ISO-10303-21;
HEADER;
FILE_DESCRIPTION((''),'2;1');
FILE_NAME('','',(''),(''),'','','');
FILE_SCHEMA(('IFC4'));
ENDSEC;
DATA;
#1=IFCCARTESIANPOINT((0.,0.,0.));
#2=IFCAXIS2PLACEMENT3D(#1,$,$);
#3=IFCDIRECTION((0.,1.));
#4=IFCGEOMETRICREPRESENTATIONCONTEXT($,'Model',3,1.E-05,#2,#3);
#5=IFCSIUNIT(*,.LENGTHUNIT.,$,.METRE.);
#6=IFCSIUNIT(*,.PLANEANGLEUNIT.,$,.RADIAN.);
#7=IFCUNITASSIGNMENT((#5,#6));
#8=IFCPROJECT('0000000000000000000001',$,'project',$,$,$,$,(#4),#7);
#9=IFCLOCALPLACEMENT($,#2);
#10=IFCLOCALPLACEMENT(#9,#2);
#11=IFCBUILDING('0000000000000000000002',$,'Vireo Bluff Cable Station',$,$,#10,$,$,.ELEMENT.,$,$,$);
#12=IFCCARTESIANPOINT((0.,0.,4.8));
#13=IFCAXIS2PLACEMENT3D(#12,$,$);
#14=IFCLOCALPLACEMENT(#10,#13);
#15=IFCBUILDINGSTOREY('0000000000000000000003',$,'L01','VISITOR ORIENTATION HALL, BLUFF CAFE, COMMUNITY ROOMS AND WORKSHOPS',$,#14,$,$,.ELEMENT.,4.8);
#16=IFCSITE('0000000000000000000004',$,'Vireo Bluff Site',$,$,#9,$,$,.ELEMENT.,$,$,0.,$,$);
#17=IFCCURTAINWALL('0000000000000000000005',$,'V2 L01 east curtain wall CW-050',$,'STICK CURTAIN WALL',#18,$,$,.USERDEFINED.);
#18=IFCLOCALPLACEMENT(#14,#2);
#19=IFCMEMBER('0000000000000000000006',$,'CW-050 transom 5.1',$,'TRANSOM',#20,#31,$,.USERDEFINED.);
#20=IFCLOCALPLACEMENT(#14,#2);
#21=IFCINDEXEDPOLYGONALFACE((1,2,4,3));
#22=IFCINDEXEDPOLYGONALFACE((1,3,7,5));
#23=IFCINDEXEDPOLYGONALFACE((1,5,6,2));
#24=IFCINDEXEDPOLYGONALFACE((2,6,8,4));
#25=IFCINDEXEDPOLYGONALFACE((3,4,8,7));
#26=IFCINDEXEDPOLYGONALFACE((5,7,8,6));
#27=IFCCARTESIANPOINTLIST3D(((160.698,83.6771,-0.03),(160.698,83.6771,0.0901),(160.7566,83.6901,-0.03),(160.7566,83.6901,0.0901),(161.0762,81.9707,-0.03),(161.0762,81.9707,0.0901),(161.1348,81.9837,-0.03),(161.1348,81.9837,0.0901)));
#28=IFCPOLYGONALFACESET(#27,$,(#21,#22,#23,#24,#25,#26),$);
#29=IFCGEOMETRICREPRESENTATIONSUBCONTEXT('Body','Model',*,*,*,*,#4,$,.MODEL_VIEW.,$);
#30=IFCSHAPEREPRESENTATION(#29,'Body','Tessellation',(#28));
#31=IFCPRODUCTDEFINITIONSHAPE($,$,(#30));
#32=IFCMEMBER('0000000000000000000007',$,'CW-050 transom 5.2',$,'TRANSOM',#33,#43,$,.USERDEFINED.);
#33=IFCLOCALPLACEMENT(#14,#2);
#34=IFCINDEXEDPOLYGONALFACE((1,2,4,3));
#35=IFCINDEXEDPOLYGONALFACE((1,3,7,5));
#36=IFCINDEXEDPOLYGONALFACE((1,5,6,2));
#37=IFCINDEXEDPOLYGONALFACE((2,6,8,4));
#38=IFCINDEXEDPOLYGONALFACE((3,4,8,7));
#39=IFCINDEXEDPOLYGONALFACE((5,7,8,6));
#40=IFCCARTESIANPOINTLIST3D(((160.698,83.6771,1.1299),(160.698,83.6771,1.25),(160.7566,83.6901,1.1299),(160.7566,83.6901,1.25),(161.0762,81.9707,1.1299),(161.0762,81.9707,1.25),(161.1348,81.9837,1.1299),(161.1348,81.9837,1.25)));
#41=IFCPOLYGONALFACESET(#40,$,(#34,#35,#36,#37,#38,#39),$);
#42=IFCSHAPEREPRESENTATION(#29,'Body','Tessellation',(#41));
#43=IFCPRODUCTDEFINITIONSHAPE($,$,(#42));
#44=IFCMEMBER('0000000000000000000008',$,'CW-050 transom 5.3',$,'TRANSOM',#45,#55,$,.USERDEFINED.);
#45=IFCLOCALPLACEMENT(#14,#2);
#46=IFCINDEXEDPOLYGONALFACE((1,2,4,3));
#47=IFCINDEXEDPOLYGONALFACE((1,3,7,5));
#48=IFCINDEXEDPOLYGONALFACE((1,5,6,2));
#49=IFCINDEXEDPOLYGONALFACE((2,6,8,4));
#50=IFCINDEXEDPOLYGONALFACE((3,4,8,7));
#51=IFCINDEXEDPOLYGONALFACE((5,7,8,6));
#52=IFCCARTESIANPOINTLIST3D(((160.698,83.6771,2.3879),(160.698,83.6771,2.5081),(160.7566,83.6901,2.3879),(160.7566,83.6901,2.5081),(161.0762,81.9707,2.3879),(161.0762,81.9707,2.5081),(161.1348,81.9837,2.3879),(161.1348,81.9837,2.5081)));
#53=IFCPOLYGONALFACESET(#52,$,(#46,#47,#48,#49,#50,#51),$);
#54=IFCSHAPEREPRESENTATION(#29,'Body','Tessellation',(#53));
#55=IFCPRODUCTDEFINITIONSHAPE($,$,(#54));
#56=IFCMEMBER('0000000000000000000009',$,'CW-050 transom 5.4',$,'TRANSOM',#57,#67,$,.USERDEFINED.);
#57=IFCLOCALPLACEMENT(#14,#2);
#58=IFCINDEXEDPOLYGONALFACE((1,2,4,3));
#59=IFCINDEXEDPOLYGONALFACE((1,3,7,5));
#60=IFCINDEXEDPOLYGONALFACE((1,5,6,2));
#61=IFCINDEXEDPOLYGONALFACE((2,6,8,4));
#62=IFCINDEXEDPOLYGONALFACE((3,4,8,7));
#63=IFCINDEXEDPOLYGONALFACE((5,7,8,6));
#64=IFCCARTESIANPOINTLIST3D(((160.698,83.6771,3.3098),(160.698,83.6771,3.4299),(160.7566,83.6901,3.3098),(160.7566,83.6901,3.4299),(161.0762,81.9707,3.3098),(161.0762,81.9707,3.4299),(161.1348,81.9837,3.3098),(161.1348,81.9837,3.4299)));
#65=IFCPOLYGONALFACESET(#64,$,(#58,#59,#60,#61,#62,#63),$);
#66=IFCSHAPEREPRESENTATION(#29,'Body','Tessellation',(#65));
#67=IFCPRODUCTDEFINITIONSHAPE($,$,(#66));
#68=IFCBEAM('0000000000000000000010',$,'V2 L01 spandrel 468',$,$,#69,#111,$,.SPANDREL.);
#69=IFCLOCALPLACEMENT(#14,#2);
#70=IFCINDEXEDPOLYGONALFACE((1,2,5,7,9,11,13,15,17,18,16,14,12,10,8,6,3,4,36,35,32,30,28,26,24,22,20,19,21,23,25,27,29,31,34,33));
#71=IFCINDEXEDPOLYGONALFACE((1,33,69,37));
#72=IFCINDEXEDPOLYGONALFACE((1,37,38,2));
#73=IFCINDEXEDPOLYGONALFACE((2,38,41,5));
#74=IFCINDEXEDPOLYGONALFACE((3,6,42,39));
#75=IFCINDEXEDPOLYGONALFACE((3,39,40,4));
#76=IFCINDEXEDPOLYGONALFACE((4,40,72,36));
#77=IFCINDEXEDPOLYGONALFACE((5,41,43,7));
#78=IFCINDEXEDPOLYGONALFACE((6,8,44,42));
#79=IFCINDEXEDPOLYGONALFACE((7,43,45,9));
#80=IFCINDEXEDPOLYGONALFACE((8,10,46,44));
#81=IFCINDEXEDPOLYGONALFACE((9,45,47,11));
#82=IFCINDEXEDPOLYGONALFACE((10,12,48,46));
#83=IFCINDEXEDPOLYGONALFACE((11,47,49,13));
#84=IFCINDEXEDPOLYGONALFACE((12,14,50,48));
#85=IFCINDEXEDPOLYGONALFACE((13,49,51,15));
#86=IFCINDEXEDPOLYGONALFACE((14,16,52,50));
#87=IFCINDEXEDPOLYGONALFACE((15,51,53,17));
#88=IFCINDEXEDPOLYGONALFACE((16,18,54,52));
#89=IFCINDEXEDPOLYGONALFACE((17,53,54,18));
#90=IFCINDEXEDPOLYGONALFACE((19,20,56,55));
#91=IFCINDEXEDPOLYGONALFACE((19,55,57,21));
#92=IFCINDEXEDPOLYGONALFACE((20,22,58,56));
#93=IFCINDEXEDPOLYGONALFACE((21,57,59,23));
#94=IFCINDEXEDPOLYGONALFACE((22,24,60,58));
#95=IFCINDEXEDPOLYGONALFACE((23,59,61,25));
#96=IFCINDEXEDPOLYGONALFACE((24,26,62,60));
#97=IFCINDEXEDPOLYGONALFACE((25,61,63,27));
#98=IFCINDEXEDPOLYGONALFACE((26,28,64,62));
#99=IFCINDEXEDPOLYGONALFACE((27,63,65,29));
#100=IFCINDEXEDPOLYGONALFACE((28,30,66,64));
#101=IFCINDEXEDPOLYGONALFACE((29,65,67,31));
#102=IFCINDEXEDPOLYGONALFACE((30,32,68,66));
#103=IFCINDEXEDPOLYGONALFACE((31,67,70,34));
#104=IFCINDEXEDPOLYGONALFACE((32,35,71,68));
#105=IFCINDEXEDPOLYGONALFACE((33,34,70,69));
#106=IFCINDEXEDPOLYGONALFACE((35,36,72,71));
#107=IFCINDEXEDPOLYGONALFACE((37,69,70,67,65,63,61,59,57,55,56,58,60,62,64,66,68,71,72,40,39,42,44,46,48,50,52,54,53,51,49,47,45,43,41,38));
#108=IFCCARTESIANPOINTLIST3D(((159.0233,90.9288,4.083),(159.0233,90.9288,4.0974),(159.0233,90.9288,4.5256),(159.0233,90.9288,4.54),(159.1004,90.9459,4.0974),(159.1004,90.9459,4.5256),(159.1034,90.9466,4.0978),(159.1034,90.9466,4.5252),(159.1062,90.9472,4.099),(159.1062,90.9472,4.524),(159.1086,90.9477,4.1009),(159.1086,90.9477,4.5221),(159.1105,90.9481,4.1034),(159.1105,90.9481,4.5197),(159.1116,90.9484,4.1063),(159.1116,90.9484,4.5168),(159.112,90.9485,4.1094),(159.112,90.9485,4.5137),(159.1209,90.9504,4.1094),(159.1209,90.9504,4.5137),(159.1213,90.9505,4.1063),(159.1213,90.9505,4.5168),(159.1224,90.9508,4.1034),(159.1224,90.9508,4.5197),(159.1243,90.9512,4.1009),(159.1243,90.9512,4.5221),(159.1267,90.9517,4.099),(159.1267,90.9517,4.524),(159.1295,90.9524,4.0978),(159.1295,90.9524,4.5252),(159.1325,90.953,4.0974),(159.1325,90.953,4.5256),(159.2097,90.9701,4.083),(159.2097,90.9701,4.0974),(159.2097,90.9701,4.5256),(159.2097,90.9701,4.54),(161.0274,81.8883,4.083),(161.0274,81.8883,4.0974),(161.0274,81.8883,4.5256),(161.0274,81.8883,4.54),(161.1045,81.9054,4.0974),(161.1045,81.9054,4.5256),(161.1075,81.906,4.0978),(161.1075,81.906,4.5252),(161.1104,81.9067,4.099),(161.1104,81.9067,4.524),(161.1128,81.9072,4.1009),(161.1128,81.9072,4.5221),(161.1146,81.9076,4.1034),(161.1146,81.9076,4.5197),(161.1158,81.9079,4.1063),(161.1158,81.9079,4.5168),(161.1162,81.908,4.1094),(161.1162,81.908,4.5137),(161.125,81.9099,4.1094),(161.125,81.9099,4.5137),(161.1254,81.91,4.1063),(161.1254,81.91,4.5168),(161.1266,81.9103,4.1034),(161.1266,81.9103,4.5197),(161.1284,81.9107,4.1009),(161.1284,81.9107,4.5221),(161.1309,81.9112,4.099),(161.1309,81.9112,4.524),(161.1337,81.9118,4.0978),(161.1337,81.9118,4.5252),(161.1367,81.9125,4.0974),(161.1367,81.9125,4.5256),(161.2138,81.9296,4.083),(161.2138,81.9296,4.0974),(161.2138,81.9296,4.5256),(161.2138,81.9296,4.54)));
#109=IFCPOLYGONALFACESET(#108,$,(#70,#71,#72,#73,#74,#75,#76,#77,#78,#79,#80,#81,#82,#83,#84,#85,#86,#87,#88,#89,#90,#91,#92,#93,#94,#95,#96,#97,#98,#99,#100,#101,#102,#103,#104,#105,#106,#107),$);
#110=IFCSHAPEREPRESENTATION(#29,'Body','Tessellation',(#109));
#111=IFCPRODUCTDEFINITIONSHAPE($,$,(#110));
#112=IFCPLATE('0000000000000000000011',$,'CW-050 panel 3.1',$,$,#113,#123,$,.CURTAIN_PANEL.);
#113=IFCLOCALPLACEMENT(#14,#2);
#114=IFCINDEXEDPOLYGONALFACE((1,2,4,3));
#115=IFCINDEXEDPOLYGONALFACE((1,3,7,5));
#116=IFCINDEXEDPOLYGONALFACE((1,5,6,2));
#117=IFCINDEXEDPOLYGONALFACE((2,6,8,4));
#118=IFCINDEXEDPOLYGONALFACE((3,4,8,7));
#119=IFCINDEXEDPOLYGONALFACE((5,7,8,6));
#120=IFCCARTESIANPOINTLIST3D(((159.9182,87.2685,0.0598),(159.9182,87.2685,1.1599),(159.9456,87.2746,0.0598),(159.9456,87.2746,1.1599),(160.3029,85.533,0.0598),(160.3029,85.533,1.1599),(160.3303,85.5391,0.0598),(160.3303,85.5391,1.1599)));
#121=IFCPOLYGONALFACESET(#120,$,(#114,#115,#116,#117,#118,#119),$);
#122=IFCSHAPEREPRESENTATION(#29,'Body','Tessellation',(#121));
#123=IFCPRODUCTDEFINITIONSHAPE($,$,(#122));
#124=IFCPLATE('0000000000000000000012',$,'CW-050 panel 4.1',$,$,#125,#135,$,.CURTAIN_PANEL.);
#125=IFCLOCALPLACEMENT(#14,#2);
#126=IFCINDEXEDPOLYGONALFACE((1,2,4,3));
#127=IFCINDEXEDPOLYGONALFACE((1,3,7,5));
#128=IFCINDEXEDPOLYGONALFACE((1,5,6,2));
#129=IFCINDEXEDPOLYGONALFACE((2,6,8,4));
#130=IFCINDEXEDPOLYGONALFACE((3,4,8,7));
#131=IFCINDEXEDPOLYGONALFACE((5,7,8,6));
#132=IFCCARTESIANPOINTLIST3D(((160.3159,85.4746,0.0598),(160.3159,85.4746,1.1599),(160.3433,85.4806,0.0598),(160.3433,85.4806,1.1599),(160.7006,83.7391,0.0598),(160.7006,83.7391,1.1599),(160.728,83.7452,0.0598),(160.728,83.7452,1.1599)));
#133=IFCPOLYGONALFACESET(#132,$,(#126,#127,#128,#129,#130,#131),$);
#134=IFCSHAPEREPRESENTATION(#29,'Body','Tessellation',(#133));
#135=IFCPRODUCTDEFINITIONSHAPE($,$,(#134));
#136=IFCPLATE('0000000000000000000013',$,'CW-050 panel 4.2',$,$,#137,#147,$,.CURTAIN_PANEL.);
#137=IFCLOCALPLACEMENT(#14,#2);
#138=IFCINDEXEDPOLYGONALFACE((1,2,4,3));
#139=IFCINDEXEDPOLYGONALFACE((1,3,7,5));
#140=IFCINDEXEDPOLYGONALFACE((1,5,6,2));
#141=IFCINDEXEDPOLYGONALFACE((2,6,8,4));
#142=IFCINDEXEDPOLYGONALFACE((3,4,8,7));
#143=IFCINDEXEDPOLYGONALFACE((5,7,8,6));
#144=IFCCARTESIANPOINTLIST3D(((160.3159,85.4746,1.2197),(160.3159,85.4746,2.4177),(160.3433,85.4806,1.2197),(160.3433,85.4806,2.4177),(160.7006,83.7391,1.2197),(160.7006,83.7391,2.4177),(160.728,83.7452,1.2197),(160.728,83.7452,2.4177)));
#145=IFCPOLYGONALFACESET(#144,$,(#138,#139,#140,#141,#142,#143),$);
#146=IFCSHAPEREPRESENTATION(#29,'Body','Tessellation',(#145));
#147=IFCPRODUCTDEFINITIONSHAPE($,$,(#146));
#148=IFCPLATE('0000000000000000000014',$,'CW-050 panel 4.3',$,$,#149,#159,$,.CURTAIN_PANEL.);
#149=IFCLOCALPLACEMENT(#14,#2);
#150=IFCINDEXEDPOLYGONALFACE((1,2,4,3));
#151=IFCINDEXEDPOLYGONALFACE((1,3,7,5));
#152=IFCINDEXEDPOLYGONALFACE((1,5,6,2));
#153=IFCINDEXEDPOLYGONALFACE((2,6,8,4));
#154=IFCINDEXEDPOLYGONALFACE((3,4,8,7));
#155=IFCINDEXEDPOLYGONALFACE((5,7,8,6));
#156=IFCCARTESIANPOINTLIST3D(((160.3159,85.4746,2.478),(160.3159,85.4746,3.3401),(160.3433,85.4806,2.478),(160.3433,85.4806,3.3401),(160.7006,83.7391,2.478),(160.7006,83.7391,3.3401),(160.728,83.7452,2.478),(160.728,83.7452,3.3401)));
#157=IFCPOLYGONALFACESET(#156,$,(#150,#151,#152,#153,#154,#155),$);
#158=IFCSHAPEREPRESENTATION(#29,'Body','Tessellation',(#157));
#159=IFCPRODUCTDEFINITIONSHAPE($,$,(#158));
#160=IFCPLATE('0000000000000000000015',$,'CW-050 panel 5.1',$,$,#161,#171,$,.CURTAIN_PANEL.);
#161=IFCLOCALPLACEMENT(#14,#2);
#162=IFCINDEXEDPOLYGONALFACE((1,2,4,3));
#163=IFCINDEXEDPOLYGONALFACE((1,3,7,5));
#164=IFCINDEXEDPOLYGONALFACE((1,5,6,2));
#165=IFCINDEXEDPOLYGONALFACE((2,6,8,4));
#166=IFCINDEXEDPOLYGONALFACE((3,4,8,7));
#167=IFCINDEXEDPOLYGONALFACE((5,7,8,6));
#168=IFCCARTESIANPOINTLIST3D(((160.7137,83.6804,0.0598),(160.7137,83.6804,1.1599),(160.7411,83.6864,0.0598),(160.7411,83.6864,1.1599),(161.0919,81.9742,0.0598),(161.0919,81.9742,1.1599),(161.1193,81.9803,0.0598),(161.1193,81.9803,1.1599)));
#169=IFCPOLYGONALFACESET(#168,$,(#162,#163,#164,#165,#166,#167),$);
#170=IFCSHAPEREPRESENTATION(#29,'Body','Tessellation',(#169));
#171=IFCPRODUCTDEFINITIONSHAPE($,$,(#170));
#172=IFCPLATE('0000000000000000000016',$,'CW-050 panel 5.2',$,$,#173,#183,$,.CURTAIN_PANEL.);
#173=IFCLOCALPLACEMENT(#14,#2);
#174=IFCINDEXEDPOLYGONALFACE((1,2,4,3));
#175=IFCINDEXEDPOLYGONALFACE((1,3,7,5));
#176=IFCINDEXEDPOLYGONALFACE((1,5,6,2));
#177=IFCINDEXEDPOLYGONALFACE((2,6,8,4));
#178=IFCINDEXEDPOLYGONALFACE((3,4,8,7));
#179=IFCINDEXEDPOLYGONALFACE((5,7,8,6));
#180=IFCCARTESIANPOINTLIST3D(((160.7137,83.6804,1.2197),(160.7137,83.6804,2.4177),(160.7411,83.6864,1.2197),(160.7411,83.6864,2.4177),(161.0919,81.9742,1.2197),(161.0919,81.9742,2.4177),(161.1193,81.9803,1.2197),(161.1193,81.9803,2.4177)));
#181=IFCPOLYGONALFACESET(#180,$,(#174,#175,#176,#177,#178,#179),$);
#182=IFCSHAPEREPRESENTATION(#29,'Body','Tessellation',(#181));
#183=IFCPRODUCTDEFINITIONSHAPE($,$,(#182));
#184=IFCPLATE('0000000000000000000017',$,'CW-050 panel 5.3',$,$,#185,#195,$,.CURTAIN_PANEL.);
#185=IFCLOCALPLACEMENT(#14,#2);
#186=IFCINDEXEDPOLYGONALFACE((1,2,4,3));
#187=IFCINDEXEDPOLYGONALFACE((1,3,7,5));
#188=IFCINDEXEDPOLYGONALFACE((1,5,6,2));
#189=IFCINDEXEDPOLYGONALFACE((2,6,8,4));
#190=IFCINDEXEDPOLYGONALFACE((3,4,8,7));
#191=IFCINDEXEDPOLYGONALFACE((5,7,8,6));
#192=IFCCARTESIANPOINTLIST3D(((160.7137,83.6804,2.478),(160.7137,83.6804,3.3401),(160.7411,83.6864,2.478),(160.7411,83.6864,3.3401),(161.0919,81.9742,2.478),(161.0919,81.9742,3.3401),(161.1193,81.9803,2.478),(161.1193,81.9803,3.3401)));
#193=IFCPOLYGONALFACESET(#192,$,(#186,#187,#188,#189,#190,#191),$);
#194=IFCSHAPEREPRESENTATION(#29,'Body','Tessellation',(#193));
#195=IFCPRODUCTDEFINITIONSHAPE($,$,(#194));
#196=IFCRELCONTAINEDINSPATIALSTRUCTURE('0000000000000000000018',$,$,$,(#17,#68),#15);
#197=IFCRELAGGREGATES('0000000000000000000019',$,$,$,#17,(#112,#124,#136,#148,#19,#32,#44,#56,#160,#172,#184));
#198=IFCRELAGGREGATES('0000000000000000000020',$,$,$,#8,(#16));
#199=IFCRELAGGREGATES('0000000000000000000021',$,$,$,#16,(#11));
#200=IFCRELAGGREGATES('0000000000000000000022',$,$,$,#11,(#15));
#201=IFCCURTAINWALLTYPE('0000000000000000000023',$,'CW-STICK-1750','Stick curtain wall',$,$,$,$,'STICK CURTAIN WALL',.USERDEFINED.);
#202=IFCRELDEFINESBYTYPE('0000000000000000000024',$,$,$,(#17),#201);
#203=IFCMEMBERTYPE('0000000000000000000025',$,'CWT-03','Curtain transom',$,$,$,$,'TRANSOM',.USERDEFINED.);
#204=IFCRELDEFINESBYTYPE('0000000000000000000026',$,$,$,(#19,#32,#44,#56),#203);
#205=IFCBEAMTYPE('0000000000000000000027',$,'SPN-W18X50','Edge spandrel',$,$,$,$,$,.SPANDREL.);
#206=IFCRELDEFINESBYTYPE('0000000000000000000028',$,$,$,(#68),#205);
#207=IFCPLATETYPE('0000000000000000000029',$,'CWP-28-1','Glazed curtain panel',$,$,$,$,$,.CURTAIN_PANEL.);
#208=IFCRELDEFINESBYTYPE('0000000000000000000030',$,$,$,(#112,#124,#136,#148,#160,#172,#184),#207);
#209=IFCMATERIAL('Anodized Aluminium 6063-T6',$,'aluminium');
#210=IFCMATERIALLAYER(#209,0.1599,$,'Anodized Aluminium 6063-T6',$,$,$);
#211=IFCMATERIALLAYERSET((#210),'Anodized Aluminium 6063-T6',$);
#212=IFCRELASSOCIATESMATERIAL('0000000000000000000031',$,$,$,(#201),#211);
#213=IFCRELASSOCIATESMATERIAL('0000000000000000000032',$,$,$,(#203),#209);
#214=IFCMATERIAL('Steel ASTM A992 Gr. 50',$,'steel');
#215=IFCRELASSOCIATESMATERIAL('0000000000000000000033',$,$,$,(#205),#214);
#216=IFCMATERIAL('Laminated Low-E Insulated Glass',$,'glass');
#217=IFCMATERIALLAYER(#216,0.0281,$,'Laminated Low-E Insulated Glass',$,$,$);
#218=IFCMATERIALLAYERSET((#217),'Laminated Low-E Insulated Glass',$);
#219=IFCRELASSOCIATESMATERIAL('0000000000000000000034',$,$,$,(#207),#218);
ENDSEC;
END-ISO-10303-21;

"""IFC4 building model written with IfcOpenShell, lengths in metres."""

from ifc_helpers import new_model, si_unit, direction, frame, origin, origin_2d, place, context, subcontext, project, spatial, rectangle, i_section, extrude, material, layer, layer_set, material_profile, profile_set, type_object, element, aggregate, save


model = new_model("IFC4")

# Units and contexts
model_context = context("Model", 3, precision=1e-05, world=origin(), true_north=direction((0.0, 1.0)))
body_context = subcontext(model_context, "Body", "Model", "MODEL_VIEW")
ifc_project = project(units=[si_unit("LENGTHUNIT", "METRE"), si_unit("PLANEANGLEUNIT", "RADIAN")], contexts=[model_context])

# Site, building, storey
site_placement = place(None, origin())
site = spatial("IfcSite", under=ifc_project, at=site_placement, Name="Vireo Bluff Site", CompositionType="ELEMENT", RefElevation=0.0)
building_placement = place(site_placement, origin())
building = spatial("IfcBuilding", under=site, at=building_placement, Name="Vireo Bluff Cable Station", CompositionType="ELEMENT")
storey_placement = place(building_placement, frame((0.0, 0.0, 4.8)))
storey = spatial("IfcBuildingStorey", under=building, at=storey_placement, Name="L01", Description="VISITOR ORIENTATION HALL, BLUFF CAFE, COMMUNITY ROOMS AND WORKSHOPS", CompositionType="ELEMENT", Elevation=4.8)

# Shared definitions
ifc_material_1 = material(Name="Steel ASTM A992 Gr. 50", Category="steel")

# Curtain wall, members
ifc_material_2 = material(Name="Anodized Aluminium 6063-T6", Category="aluminium")
ifc_layer_1 = layer(ifc_material_2, 0.1599, Name="Anodized Aluminium 6063-T6")
ifc_layer_set_1 = layer_set([ifc_layer_1], Name="Anodized Aluminium 6063-T6")
curtain_wall_type = type_object("IfcCurtainWallType", Name="CW-STICK-1750", Description="Stick curtain wall", ElementType="STICK CURTAIN WALL", PredefinedType="USERDEFINED", material=ifc_layer_set_1)
curtain_wall_placement = place(storey_placement, origin())
curtain_wall = element("IfcCurtainWall", 1, at=curtain_wall_placement, inside=storey, type_object=curtain_wall_type, Name="V2 L01 east curtain wall CW-050", ObjectType="STICK CURTAIN WALL", PredefinedType="USERDEFINED")
ifc_material_profile_1 = material_profile(ifc_material_2, rectangle(XDim=0.0601, YDim=0.1201, at=origin_2d()), Name="ALU-T-60X120")
ifc_profile_set_1 = profile_set([ifc_material_profile_1], Name="Anodized Aluminium 6063-T6")
member_type_1 = type_object("IfcMemberType", Name="CWT-03", Description="Curtain transom", ElementType="TRANSOM", PredefinedType="USERDEFINED", material=ifc_profile_set_1)
member_1_placement = place(storey_placement, frame((160.7273, 83.6836, 0.03), z_axis=(0.216383, -0.976309, 0.0), x_axis=(0.976309, 0.216383, 0.0)))
member_1 = element("IfcMember", 2, at=member_1_placement, type_object=member_type_1, Name="CW-050 transom 5.1", ObjectType="TRANSOM", PredefinedType="USERDEFINED", context=body_context, shape_type="SweptSolid", body=[
    extrude(rectangle(XDim=0.0601, YDim=0.1201, at=origin_2d()), origin(), (0.0, 0.0, 1.0), 1.7478),
])
member_2_placement = place(storey_placement, frame((160.7273, 83.6836, 1.1899), z_axis=(0.216383, -0.976309, 0.0), x_axis=(0.976309, 0.216383, 0.0)))
member_2 = element("IfcMember", 3, at=member_2_placement, type_object=member_type_1, Name="CW-050 transom 5.2", ObjectType="TRANSOM", PredefinedType="USERDEFINED", context=body_context, shape_type="SweptSolid", body=[
    extrude(rectangle(XDim=0.0601, YDim=0.1201, at=origin_2d()), origin(), (0.0, 0.0, 1.0), 1.7478),
])
member_3_placement = place(storey_placement, frame((160.7273, 83.6836, 2.448), z_axis=(0.216383, -0.976309, 0.0), x_axis=(0.976309, 0.216383, 0.0)))
member_3 = element("IfcMember", 4, at=member_3_placement, type_object=member_type_1, Name="CW-050 transom 5.3", ObjectType="TRANSOM", PredefinedType="USERDEFINED", context=body_context, shape_type="SweptSolid", body=[
    extrude(rectangle(XDim=0.0601, YDim=0.1201, at=origin_2d()), origin(), (0.0, 0.0, 1.0), 1.7478),
])
member_4_placement = place(storey_placement, frame((160.7273, 83.6836, 3.3699), z_axis=(0.216383, -0.976309, 0.0), x_axis=(0.976309, 0.216383, 0.0)))
member_4 = element("IfcMember", 5, at=member_4_placement, type_object=member_type_1, Name="CW-050 transom 5.4", ObjectType="TRANSOM", PredefinedType="USERDEFINED", context=body_context, shape_type="SweptSolid", body=[
    extrude(rectangle(XDim=0.0601, YDim=0.1201, at=origin_2d()), origin(), (0.0, 0.0, 1.0), 1.7478),
])

# Beam
ifc_material_profile_2 = material_profile(ifc_material_1, i_section(OverallWidth=0.1909, OverallDepth=0.457, WebThickness=0.009, FlangeThickness=0.0144, FilletRadius=0.012, at=origin_2d()), Name="W18X50")
ifc_profile_set_2 = profile_set([ifc_material_profile_2], Name="Steel ASTM A992 Gr. 50")
beam_type = type_object("IfcBeamType", Name="SPN-W18X50", Description="Edge spandrel", PredefinedType="SPANDREL", material=ifc_profile_set_2)
beam_placement = place(storey_placement, frame((161.1206, 81.9089, 4.3115), z_axis=(-0.216431, 0.976298, 0.0), x_axis=(-0.976298, -0.216431, 0.0)))
element("IfcBeam", 6, at=beam_placement, inside=storey, type_object=beam_type, Name="V2 L01 spandrel 468", PredefinedType="SPANDREL", context=body_context, shape_type="SweptSolid", body=[
    extrude(i_section(OverallWidth=0.1909, OverallDepth=0.457, WebThickness=0.009, FlangeThickness=0.0144, FilletRadius=0.012, at=origin_2d()), origin(), (0.0, 0.0, 1.0), 9.26),
])

# Plates
ifc_material_3 = material(Name="Laminated Low-E Insulated Glass", Category="glass")
ifc_layer_2 = layer(ifc_material_3, 0.0281, Name="Laminated Low-E Insulated Glass")
ifc_layer_set_2 = layer_set([ifc_layer_2], Name="Laminated Low-E Insulated Glass")
plate_type_1 = type_object("IfcPlateType", Name="CWP-28-1", Description="Glazed curtain panel", PredefinedType="CURTAIN_PANEL", material=ifc_layer_set_2)
plate_1_placement = place(storey_placement, frame((160.1243, 86.4038, 0.0598), z_axis=(0.0, 0.0, 1.0), x_axis=(0.21644, -0.976296, 0.0)))
plate_1 = element("IfcPlate", 7, at=plate_1_placement, type_object=plate_type_1, Name="CW-050 panel 3.1", PredefinedType="CURTAIN_PANEL", context=body_context, shape_type="SweptSolid", body=[
    extrude(rectangle(XDim=1.7776, YDim=0.0281, at=origin_2d()), origin(), (0.0, 0.0, 1.0), 1.1001),
])
plate_2_placement = place(storey_placement, frame((160.522, 84.6099, 0.0598), z_axis=(0.0, 0.0, 1.0), x_axis=(0.21644, -0.976296, 0.0)))
plate_2 = element("IfcPlate", 8, at=plate_2_placement, type_object=plate_type_1, Name="CW-050 panel 4.1", PredefinedType="CURTAIN_PANEL", context=body_context, shape_type="SweptSolid", body=[
    extrude(rectangle(XDim=1.7776, YDim=0.0281, at=origin_2d()), origin(), (0.0, 0.0, 1.0), 1.1001),
])
plate_3_placement = place(storey_placement, frame((160.522, 84.6099, 1.2197), z_axis=(0.0, 0.0, 1.0), x_axis=(0.21644, -0.976296, 0.0)))
plate_3 = element("IfcPlate", 9, at=plate_3_placement, type_object=plate_type_1, Name="CW-050 panel 4.2", PredefinedType="CURTAIN_PANEL", context=body_context, shape_type="SweptSolid", body=[
    extrude(rectangle(XDim=1.7776, YDim=0.0281, at=origin_2d()), origin(), (0.0, 0.0, 1.0), 1.198),
])
plate_4_placement = place(storey_placement, frame((160.522, 84.6099, 2.478), z_axis=(0.0, 0.0, 1.0), x_axis=(0.21644, -0.976296, 0.0)))
plate_4 = element("IfcPlate", 10, at=plate_4_placement, type_object=plate_type_1, Name="CW-050 panel 4.3", PredefinedType="CURTAIN_PANEL", context=body_context, shape_type="SweptSolid", body=[
    extrude(rectangle(XDim=1.7776, YDim=0.0281, at=origin_2d()), origin(), (0.0, 0.0, 1.0), 0.8621),
])
plate_5_placement = place(storey_placement, frame((160.9165, 82.8303, 0.0598), z_axis=(0.0, 0.0, 1.0), x_axis=(0.21644, -0.976296, 0.0)))
plate_5 = element("IfcPlate", 11, at=plate_5_placement, type_object=plate_type_1, Name="CW-050 panel 5.1", PredefinedType="CURTAIN_PANEL", context=body_context, shape_type="SweptSolid", body=[
    extrude(rectangle(XDim=1.7476, YDim=0.0281, at=origin_2d()), origin(), (0.0, 0.0, 1.0), 1.1001),
])
plate_6_placement = place(storey_placement, frame((160.9165, 82.8303, 1.2197), z_axis=(0.0, 0.0, 1.0), x_axis=(0.21644, -0.976296, 0.0)))
plate_6 = element("IfcPlate", 12, at=plate_6_placement, type_object=plate_type_1, Name="CW-050 panel 5.2", PredefinedType="CURTAIN_PANEL", context=body_context, shape_type="SweptSolid", body=[
    extrude(rectangle(XDim=1.7476, YDim=0.0281, at=origin_2d()), origin(), (0.0, 0.0, 1.0), 1.198),
])
plate_7_placement = place(storey_placement, frame((160.9165, 82.8303, 2.478), z_axis=(0.0, 0.0, 1.0), x_axis=(0.21644, -0.976296, 0.0)))
plate_7 = element("IfcPlate", 13, at=plate_7_placement, type_object=plate_type_1, Name="CW-050 panel 5.3", PredefinedType="CURTAIN_PANEL", context=body_context, shape_type="SweptSolid", body=[
    extrude(rectangle(XDim=1.7476, YDim=0.0281, at=origin_2d()), origin(), (0.0, 0.0, 1.0), 0.8621),
])
aggregate(curtain_wall, [plate_1, plate_2, plate_3, plate_4, member_1, member_2, member_3, member_4, plate_5, plate_6, plate_7])

save(model, "model.ifc")
